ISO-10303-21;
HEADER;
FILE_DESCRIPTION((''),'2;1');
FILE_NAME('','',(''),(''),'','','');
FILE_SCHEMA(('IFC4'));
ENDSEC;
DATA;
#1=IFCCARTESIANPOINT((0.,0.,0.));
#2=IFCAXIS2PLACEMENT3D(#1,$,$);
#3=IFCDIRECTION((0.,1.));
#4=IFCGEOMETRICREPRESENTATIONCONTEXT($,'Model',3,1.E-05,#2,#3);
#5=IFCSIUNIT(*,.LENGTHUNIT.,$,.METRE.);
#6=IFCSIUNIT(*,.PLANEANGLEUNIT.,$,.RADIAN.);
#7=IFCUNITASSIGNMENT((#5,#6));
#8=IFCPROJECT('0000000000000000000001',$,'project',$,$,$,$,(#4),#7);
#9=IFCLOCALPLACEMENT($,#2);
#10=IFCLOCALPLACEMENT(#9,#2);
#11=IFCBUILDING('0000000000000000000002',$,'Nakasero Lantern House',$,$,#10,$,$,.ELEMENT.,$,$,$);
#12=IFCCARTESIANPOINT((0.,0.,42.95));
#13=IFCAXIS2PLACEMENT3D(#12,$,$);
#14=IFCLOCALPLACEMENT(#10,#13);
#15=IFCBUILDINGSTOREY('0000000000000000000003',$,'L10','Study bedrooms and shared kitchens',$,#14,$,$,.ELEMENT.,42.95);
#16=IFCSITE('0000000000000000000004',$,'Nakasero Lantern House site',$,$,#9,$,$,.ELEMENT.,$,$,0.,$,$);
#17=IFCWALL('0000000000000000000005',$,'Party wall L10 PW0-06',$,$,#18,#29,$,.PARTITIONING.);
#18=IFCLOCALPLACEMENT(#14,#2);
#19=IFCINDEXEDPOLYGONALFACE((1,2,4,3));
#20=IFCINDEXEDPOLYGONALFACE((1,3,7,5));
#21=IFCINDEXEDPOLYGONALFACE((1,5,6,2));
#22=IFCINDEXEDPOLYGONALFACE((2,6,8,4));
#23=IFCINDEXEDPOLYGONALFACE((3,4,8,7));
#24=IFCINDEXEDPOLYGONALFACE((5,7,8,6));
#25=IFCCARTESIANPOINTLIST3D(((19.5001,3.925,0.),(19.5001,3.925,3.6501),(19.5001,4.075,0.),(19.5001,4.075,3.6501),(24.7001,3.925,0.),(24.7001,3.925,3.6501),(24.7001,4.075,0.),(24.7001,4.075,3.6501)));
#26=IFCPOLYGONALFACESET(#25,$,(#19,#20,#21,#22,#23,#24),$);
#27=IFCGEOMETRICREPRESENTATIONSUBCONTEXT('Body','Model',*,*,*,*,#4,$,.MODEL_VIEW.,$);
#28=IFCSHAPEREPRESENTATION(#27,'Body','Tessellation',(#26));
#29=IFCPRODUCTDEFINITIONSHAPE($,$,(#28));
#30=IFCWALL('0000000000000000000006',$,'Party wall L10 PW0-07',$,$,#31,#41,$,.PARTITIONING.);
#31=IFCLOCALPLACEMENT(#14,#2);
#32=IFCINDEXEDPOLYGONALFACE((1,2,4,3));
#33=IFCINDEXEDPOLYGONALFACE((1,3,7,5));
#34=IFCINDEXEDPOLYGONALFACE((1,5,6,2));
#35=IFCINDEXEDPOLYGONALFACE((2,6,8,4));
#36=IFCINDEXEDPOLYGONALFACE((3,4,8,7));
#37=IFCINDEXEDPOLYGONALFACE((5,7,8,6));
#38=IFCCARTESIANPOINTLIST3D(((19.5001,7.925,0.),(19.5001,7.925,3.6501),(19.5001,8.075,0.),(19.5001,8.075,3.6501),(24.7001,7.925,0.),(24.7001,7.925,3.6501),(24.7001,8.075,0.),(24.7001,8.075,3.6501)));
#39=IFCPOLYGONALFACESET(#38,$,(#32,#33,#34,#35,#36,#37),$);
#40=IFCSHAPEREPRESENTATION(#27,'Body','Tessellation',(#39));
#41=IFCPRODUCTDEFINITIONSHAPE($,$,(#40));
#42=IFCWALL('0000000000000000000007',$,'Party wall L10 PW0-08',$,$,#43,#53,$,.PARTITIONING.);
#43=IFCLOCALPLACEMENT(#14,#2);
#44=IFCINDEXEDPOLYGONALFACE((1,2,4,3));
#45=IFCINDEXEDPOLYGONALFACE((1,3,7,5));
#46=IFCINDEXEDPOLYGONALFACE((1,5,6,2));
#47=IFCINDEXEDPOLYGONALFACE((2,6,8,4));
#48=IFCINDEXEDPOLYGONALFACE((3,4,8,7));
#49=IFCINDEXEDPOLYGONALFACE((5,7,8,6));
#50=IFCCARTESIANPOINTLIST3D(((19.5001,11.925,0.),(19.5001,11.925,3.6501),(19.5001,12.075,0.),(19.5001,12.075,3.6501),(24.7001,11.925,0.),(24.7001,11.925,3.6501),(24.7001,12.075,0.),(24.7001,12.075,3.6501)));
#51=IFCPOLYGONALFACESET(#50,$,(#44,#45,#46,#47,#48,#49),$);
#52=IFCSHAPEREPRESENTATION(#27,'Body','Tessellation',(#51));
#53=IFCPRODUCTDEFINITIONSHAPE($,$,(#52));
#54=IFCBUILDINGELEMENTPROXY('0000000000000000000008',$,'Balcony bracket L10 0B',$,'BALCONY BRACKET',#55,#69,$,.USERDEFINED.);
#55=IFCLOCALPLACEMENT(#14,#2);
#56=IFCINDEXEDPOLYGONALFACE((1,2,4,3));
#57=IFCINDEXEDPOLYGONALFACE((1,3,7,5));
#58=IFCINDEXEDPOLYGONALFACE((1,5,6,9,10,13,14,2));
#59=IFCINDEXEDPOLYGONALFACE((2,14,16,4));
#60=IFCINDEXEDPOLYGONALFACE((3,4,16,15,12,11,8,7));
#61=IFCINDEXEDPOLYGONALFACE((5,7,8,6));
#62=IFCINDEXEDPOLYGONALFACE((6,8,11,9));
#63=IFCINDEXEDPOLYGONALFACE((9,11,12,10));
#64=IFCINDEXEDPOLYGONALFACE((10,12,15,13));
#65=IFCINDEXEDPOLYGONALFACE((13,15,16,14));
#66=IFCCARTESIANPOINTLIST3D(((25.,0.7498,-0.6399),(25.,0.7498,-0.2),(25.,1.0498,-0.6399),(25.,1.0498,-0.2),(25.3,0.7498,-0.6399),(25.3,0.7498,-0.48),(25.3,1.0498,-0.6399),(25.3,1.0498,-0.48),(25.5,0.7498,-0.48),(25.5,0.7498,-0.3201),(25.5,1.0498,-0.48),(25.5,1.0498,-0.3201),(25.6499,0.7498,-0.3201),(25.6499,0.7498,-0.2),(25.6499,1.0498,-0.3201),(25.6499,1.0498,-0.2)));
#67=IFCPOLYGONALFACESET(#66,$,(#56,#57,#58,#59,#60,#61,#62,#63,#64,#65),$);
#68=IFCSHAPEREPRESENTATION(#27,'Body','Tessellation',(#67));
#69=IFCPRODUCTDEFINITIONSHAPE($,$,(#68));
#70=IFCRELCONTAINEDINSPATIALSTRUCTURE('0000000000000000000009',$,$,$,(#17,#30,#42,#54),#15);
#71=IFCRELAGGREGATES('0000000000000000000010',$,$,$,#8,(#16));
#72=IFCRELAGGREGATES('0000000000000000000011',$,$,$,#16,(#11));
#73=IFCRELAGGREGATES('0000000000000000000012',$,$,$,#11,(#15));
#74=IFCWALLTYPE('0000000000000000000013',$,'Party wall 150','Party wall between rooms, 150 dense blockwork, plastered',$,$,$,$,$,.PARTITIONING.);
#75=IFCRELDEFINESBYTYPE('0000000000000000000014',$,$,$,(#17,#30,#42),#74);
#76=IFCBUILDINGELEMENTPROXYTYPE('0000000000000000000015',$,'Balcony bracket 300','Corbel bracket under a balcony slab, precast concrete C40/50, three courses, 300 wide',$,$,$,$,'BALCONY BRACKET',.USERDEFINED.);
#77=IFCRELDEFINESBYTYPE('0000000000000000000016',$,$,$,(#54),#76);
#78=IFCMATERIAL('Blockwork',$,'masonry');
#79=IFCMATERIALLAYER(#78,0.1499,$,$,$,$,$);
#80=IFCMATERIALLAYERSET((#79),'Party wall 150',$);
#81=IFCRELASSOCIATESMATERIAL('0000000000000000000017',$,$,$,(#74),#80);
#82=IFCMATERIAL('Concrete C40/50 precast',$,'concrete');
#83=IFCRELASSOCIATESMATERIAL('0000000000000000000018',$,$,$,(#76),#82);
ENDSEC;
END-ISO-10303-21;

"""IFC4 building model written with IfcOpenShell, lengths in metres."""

from ifc_helpers import new_model, si_unit, direction, frame, frame_2d, origin, place, context, subcontext, project, spatial, polyline, rectangle, outline, extrude, material, layer, layer_set, type_object, element, save


model = new_model("IFC4")

# Units and contexts
model_context = context("Model", 3, precision=1e-05, world=origin(), true_north=direction((0.0, 1.0)))
body_context = subcontext(model_context, "Body", "Model", "MODEL_VIEW")
ifc_project = project(units=[si_unit("LENGTHUNIT", "METRE"), si_unit("PLANEANGLEUNIT", "RADIAN")], contexts=[model_context])

# Site, building, storey
site_placement = place(None, origin())
site = spatial("IfcSite", under=ifc_project, at=site_placement, Name="Nakasero Lantern House site", CompositionType="ELEMENT", RefElevation=0.0)
building_placement = place(site_placement, origin())
building = spatial("IfcBuilding", under=site, at=building_placement, Name="Nakasero Lantern House", CompositionType="ELEMENT")
storey_placement = place(building_placement, frame((0.0, 0.0, 42.95)))
storey = spatial("IfcBuildingStorey", under=building, at=storey_placement, Name="L10", Description="Study bedrooms and shared kitchens", CompositionType="ELEMENT", Elevation=42.95)

# Walls
ifc_material_1 = material(Name="Blockwork", Category="masonry")
ifc_layer_1 = layer(ifc_material_1, 0.1499)
ifc_layer_set_1 = layer_set([ifc_layer_1], Name="Party wall 150")
wall_type_1 = type_object("IfcWallType", Name="Party wall 150", Description="Party wall between rooms, 150 dense blockwork, plastered", PredefinedType="PARTITIONING", material=ifc_layer_set_1)
for number, where, z_axis, x_axis, name in (
    (1, (19.5, 4.0, 0.0), (0.0, 0.0, 1.0), (1.0, 0.0, 0.0), "Party wall L10 PW0-06"),
    (2, (19.5, 8.0, 0.0), (0.0, 0.0, 1.0), (1.0, 0.0, 0.0), "Party wall L10 PW0-07"),
    (3, (19.5, 12.0, 0.0), (0.0, 0.0, 1.0), (1.0, 0.0, 0.0), "Party wall L10 PW0-08"),
):
    element("IfcWall", number, at=place(storey_placement, frame(where, z_axis=z_axis, x_axis=x_axis)), inside=storey, type_object=wall_type_1, Name=name, PredefinedType="PARTITIONING", context=body_context, shape_type="SweptSolid", body=[
        extrude(rectangle(XDim=5.2, YDim=0.1499, at=frame_2d((2.6001, 0.0))), origin(), (0.0, 0.0, 1.0), 3.6501),
    ])

# Building element proxy
ifc_material_2 = material(Name="Concrete C40/50 precast", Category="concrete")
building_element_proxy_type = type_object("IfcBuildingElementProxyType", Name="Balcony bracket 300", Description="Corbel bracket under a balcony slab, precast concrete C40/50, three courses, 300 wide", ElementType="BALCONY BRACKET", PredefinedType="USERDEFINED", material=ifc_material_2)
proxy_placement = place(storey_placement, frame((25.0, 0.8999, -0.2), z_axis=(0.0, 0.0, 1.0), x_axis=(1.0, 0.0, 0.0)))
element("IfcBuildingElementProxy", 4, at=proxy_placement, inside=storey, type_object=building_element_proxy_type, Name="Balcony bracket L10 0B", ObjectType="BALCONY BRACKET", PredefinedType="USERDEFINED", context=body_context, shape_type="SweptSolid", body=[
    extrude(outline(polyline([(0.0, 0.0), (0.6499, 0.0), (0.6499, -0.1201), (0.5, -0.1201), (0.5, -0.28), (0.3, -0.28), (0.3, -0.4399), (0.0, -0.4399), (0.0, 0.0)])), frame((0.0, 0.1499, 0.0), z_axis=(0.0, -1.0, 0.0), x_axis=(1.0, 0.0, 0.0)), (0.0, 0.0, 1.0), 0.3),
])

save(model, "model.ifc")
